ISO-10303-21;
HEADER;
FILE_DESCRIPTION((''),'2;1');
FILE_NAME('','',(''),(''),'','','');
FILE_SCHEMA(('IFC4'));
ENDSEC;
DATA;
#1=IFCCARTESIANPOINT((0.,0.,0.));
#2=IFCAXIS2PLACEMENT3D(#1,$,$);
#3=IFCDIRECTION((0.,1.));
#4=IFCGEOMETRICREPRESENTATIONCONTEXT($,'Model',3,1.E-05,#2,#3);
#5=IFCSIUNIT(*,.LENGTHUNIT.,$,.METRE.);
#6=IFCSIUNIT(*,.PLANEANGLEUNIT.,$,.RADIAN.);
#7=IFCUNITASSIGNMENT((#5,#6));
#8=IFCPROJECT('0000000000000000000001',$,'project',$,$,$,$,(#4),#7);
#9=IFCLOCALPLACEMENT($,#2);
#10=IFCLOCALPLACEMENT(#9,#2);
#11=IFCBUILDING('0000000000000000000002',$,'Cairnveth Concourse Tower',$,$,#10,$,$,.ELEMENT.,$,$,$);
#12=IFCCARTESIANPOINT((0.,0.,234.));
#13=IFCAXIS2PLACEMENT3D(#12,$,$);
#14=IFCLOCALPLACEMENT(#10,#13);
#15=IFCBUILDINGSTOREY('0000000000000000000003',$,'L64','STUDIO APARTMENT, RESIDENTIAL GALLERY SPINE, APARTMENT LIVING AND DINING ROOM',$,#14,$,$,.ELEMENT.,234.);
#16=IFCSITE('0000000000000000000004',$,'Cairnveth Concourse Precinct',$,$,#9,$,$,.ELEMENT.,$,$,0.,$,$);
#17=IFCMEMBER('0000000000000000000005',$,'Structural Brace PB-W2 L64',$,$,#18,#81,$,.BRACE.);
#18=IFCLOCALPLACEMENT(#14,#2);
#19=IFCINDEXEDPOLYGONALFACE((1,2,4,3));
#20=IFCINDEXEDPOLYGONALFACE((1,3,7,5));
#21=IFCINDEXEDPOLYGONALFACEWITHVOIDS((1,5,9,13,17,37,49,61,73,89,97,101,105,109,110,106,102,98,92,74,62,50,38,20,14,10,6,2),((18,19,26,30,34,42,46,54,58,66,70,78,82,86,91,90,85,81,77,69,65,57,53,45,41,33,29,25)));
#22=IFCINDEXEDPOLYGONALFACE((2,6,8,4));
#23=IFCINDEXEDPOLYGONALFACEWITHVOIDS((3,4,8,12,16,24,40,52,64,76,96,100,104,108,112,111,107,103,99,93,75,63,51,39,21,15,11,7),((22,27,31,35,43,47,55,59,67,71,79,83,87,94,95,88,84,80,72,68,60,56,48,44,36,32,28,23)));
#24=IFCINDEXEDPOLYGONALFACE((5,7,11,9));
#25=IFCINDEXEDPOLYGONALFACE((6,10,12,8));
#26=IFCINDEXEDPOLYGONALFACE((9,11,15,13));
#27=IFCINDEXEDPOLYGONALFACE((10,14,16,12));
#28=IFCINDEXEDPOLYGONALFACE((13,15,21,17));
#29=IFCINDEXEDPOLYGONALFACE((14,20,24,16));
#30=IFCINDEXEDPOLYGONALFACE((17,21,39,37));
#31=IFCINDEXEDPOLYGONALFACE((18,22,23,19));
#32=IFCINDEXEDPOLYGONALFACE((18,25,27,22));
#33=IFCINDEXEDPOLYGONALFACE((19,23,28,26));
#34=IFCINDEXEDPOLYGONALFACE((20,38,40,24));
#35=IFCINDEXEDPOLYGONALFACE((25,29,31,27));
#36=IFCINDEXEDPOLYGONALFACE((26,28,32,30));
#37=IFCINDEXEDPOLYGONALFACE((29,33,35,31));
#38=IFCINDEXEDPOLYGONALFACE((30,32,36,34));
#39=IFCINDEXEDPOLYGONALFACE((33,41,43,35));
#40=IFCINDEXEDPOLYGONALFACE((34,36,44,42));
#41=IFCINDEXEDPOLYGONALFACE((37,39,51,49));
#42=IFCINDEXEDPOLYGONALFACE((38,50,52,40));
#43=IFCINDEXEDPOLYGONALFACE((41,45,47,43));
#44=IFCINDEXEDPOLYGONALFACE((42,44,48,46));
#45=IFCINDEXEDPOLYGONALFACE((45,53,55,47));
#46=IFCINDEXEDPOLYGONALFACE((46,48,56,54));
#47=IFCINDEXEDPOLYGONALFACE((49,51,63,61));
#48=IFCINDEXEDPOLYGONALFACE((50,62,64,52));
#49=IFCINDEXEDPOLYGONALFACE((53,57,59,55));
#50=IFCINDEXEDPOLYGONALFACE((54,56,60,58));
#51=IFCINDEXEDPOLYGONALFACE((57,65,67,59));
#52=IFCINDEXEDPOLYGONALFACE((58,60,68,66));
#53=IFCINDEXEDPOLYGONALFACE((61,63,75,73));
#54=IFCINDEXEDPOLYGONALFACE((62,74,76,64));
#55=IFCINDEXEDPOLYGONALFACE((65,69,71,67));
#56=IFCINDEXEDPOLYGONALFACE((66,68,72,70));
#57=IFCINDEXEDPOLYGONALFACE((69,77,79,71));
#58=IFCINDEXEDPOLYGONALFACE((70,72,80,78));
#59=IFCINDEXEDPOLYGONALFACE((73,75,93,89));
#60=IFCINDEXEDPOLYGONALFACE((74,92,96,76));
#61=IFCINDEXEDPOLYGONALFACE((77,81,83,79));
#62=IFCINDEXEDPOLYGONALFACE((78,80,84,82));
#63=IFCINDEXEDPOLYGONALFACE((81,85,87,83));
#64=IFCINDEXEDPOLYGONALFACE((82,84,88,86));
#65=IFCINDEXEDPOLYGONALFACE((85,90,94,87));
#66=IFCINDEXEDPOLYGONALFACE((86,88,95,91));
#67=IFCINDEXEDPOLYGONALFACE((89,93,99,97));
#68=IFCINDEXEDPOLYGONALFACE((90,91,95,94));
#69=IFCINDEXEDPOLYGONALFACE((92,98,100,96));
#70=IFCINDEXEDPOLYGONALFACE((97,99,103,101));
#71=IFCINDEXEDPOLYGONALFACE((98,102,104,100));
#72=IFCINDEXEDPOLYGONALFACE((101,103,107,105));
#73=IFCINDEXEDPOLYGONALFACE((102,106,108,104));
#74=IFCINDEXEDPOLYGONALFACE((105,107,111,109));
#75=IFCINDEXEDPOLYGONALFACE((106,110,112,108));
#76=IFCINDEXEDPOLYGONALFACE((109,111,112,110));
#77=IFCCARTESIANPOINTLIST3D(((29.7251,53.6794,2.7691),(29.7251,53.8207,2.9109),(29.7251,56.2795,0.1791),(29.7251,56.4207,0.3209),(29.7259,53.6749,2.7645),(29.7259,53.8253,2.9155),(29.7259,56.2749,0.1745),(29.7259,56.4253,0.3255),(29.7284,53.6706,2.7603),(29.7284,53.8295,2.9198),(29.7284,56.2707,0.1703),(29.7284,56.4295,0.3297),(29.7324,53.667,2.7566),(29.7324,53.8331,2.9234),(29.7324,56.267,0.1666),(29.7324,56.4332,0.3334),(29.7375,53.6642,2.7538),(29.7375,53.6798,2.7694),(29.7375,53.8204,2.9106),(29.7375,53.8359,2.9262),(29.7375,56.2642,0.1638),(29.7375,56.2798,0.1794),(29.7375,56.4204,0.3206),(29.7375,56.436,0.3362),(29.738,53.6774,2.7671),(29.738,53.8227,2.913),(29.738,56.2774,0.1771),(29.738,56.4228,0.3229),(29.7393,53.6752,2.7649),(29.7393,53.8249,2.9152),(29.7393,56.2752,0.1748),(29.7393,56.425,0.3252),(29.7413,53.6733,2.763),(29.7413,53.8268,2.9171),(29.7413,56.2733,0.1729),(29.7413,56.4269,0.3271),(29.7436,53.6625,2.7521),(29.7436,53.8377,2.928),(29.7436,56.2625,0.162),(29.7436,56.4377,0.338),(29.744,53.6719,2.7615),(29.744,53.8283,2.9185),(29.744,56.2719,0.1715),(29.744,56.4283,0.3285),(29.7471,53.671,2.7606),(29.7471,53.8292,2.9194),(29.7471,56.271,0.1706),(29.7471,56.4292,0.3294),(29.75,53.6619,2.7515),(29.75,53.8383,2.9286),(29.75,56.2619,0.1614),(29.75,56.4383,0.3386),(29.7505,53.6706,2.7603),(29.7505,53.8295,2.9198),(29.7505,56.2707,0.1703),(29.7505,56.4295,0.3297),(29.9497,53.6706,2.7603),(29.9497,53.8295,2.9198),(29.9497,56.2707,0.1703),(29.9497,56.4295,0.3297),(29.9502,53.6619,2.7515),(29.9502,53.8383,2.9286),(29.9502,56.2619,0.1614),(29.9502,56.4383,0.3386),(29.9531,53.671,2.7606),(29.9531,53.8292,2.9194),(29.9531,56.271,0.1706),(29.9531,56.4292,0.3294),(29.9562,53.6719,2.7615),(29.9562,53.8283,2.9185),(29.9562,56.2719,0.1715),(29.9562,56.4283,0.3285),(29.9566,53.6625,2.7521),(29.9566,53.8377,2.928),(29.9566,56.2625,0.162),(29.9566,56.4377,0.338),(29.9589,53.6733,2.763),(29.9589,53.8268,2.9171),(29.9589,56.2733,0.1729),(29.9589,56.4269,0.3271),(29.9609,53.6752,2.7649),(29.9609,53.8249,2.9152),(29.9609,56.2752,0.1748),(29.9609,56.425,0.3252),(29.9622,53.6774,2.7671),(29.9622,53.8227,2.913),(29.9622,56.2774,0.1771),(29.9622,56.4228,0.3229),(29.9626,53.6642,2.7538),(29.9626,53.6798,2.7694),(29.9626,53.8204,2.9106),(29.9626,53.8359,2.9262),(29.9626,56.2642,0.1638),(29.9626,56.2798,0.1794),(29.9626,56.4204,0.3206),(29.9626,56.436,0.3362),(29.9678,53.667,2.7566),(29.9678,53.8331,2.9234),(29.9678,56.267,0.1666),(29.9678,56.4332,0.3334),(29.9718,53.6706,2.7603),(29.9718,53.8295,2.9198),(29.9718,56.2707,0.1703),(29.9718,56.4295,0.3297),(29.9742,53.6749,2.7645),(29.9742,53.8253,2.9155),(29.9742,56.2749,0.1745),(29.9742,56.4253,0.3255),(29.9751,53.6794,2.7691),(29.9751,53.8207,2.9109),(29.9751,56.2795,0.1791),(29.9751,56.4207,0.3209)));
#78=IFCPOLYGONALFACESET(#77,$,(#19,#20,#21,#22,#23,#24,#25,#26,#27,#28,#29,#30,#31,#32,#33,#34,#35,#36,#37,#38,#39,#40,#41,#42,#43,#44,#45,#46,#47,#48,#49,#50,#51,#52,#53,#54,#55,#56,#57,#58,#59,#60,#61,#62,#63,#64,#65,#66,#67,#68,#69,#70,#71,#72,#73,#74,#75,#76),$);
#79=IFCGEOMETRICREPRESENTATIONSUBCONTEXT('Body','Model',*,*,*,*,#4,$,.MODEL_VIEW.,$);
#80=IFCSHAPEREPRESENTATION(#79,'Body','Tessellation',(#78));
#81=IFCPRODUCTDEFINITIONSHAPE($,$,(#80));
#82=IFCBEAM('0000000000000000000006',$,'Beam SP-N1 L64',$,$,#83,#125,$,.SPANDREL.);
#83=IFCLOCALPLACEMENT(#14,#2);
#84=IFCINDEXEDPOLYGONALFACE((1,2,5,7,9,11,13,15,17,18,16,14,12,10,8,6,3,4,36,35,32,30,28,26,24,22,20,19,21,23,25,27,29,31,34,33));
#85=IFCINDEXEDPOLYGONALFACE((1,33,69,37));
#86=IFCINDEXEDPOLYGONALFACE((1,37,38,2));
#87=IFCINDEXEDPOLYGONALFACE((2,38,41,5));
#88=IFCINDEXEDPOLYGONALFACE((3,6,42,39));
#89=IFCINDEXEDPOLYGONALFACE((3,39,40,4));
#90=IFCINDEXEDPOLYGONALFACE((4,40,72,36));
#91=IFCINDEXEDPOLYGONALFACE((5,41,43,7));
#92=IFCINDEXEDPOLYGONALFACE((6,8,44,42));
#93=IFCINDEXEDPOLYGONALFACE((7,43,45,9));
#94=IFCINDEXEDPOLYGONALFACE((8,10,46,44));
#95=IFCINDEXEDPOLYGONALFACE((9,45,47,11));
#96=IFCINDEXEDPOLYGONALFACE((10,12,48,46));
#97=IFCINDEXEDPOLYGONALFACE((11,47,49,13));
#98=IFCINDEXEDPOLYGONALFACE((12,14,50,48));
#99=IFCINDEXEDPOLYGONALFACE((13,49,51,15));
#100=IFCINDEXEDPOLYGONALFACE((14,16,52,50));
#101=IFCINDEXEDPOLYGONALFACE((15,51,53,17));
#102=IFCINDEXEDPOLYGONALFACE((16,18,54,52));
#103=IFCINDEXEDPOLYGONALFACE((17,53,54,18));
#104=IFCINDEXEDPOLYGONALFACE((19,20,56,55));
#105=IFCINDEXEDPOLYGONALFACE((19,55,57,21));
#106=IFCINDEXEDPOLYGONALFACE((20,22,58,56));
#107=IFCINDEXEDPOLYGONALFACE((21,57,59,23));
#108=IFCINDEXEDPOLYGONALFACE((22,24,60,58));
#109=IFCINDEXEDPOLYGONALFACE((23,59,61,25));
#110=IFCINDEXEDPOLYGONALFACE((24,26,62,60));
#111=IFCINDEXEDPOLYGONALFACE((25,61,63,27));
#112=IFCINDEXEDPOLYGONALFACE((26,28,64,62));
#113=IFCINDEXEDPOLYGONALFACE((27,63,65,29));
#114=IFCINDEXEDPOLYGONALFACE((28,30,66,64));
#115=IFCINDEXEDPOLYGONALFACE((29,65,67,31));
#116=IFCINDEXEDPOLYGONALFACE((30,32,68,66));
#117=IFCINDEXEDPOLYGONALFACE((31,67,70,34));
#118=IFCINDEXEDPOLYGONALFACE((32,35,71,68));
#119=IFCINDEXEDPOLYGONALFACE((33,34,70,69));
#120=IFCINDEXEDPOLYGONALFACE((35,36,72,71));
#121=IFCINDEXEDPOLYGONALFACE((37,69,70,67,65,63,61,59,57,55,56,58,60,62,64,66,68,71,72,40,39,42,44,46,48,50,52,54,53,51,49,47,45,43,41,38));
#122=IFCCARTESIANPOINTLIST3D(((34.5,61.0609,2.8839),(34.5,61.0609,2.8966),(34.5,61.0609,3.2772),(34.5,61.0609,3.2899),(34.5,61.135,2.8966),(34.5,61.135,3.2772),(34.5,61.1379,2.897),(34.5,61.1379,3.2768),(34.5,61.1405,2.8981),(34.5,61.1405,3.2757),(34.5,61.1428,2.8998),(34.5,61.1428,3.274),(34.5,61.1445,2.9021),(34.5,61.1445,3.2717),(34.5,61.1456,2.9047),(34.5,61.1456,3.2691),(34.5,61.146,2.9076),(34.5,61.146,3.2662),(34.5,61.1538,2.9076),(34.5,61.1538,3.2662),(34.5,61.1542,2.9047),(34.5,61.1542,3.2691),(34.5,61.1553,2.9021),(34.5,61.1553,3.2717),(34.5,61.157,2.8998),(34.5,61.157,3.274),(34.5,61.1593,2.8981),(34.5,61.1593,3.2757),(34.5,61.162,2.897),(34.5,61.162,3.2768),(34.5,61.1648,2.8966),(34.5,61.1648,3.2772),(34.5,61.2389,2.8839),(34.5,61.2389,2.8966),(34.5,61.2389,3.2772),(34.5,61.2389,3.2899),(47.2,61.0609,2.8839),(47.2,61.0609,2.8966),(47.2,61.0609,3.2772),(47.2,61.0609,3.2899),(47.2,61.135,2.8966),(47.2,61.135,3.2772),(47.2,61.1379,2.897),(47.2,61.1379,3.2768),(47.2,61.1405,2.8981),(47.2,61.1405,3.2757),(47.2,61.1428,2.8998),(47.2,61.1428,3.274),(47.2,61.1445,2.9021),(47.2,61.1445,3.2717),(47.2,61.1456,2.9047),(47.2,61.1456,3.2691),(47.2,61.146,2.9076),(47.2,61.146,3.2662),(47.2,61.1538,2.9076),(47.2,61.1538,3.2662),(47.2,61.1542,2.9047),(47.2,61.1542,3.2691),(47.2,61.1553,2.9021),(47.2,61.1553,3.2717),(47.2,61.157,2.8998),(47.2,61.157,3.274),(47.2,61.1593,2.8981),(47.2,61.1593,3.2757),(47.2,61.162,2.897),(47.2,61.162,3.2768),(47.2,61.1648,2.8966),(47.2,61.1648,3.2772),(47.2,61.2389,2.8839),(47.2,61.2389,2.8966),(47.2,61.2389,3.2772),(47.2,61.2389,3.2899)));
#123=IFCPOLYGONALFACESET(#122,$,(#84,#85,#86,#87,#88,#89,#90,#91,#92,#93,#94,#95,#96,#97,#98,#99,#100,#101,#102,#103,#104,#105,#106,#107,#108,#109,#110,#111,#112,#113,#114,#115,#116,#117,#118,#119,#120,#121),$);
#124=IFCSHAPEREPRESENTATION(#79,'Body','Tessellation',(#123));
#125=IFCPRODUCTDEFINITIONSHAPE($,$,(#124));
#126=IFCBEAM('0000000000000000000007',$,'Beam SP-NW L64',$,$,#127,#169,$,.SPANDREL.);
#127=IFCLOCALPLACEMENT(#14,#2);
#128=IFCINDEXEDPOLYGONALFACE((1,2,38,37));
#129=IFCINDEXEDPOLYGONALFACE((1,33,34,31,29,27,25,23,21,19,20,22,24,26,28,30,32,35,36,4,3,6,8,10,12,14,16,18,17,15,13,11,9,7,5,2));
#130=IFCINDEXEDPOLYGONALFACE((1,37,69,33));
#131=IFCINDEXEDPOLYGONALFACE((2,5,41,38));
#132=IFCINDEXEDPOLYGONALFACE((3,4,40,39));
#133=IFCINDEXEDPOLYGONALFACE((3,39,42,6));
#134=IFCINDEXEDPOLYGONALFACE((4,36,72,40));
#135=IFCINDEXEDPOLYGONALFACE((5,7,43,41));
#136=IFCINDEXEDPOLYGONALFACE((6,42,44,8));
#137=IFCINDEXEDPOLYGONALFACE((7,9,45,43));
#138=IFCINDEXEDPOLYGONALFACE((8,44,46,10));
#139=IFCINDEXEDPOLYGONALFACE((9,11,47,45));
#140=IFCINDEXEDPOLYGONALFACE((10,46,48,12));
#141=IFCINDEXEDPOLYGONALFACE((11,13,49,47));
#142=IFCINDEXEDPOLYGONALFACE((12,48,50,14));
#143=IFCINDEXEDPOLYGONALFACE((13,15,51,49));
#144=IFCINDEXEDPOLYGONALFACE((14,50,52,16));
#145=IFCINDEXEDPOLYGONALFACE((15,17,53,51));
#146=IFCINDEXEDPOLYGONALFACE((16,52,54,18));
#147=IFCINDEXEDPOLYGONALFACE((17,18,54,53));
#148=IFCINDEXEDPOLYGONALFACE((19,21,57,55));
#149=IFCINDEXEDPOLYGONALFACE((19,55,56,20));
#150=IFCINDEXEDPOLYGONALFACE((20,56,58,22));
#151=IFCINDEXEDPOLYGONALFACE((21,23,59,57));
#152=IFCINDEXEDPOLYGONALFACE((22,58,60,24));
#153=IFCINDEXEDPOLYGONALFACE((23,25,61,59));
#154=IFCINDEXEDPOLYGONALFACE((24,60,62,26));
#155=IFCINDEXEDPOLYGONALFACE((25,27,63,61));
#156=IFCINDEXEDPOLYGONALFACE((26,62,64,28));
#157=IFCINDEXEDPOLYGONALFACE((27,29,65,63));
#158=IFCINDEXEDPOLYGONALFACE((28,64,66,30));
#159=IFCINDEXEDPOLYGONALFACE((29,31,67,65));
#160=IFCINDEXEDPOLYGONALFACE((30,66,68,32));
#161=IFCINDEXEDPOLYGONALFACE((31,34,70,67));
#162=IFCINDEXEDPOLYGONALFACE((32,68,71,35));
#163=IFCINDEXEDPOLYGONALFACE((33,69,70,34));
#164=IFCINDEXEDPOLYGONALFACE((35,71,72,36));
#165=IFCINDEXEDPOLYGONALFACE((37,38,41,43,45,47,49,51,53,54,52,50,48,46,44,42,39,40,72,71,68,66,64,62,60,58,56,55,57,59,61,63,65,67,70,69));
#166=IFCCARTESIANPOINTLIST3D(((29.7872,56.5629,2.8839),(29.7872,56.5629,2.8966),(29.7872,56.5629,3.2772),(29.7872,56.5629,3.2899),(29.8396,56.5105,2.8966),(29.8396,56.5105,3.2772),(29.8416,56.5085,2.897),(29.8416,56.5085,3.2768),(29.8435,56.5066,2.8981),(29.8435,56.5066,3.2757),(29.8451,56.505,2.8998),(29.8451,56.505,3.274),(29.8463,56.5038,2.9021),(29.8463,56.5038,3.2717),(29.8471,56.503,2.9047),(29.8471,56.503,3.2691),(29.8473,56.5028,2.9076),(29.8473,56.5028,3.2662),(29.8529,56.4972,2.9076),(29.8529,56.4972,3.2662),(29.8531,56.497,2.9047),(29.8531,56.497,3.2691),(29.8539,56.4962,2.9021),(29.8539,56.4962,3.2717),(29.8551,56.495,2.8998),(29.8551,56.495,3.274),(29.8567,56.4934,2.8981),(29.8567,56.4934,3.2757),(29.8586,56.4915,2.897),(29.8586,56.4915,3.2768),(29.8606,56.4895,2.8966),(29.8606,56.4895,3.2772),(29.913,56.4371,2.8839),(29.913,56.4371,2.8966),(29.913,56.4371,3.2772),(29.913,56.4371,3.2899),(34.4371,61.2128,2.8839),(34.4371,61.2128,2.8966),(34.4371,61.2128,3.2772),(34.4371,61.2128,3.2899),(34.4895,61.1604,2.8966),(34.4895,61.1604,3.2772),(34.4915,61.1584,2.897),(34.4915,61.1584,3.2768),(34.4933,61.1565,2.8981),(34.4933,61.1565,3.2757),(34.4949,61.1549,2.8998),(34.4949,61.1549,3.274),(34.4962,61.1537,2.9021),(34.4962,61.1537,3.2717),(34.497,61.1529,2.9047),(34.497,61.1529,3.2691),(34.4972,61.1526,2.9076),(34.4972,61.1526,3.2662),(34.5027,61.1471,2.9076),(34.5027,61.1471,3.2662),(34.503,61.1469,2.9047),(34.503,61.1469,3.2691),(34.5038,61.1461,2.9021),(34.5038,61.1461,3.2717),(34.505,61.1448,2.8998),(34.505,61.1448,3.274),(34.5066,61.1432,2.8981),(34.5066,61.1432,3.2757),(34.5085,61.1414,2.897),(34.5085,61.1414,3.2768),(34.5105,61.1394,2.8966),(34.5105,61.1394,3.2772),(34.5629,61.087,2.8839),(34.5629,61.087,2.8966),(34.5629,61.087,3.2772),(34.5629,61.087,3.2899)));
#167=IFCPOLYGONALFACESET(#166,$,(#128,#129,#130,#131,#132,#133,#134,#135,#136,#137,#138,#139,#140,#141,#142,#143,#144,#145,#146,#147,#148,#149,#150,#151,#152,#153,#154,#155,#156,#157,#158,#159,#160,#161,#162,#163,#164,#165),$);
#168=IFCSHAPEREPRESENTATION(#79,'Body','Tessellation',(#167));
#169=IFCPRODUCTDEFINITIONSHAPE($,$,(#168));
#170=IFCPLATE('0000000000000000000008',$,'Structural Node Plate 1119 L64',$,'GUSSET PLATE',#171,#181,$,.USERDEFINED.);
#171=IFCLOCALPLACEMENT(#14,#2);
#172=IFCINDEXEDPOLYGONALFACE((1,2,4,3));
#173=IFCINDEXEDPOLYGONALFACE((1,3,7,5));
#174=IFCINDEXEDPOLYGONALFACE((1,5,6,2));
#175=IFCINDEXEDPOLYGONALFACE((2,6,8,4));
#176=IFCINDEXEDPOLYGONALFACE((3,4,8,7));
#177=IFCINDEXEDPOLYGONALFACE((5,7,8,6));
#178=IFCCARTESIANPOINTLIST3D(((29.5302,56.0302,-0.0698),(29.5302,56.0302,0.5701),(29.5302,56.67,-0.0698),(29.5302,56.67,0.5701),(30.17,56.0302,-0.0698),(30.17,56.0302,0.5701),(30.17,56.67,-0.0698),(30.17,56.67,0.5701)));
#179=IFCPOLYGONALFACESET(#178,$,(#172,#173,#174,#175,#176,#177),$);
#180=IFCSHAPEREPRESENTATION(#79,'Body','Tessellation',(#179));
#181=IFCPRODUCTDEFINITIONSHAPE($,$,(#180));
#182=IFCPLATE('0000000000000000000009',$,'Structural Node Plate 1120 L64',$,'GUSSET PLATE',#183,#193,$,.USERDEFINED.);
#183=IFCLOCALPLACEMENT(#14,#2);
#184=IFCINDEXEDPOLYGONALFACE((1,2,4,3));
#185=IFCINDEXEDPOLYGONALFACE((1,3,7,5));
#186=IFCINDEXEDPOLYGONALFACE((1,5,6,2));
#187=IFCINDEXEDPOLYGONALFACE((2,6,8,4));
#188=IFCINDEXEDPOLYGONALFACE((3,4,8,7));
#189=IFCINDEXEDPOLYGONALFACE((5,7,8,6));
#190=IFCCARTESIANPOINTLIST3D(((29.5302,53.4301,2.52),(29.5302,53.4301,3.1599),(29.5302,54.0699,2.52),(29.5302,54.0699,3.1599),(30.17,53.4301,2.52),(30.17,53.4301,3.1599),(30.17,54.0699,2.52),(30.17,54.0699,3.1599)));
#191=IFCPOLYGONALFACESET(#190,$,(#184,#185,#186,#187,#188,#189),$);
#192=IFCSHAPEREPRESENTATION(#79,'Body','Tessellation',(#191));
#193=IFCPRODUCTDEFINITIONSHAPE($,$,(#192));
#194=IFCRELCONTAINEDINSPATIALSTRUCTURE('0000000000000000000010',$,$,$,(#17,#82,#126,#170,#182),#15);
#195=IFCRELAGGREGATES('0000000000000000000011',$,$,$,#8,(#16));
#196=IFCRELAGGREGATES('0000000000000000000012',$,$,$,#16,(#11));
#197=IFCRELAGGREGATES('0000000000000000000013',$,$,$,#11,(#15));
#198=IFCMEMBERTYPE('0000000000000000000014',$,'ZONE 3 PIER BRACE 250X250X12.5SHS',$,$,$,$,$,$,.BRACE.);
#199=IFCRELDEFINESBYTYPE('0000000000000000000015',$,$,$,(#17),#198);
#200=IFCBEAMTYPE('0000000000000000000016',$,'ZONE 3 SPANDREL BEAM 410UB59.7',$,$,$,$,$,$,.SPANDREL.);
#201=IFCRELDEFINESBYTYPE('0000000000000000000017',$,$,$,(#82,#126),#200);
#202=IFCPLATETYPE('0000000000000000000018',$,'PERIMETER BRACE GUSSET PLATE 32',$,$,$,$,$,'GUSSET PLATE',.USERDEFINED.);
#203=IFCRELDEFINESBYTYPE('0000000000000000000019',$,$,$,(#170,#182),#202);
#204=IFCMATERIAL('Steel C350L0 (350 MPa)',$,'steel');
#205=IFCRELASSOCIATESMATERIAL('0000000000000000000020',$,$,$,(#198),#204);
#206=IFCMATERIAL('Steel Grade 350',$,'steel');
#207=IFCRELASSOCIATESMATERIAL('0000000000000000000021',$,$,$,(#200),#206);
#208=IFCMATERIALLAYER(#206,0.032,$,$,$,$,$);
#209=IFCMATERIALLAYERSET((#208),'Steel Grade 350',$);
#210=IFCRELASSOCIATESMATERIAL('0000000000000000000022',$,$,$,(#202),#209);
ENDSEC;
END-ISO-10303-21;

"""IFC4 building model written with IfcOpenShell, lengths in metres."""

from ifc_helpers import new_model, si_unit, direction, frame, origin, origin_2d, place, context, subcontext, project, spatial, rectangle, hollow_rectangle, i_section, extrude, material, layer, layer_set, material_profile, profile_set, type_object, element, save


model = new_model("IFC4")

# Units and contexts
model_context = context("Model", 3, precision=1e-05, world=origin(), true_north=direction((0.0, 1.0)))
body_context = subcontext(model_context, "Body", "Model", "MODEL_VIEW")
ifc_project = project(units=[si_unit("LENGTHUNIT", "METRE"), si_unit("PLANEANGLEUNIT", "RADIAN")], contexts=[model_context])

# Site, building, storey
site_placement = place(None, origin())
site = spatial("IfcSite", under=ifc_project, at=site_placement, Name="Cairnveth Concourse Precinct", CompositionType="ELEMENT", RefElevation=0.0)
building_placement = place(site_placement, origin())
building = spatial("IfcBuilding", under=site, at=building_placement, Name="Cairnveth Concourse Tower", CompositionType="ELEMENT")
storey_placement = place(building_placement, frame((0.0, 0.0, 234.0)))
storey = spatial("IfcBuildingStorey", under=building, at=storey_placement, Name="L64", Description="STUDIO APARTMENT, RESIDENTIAL GALLERY SPINE, APARTMENT LIVING AND DINING ROOM", CompositionType="ELEMENT", Elevation=234.0)

# Shared definitions
ifc_material_1 = material(Name="Steel Grade 350", Category="steel")

# Member
ifc_material_2 = material(Name="Steel C350L0 (350 MPa)", Category="steel")
ifc_material_profile_1 = material_profile(ifc_material_2, hollow_rectangle(XDim=0.25, YDim=0.25, WallThickness=0.0125, InnerFilletRadius=0.0129, OuterFilletRadius=0.0249, at=origin_2d()), Name="250x250x12.5SHS")
ifc_profile_set_1 = profile_set([ifc_material_profile_1], Name="Steel C350L0 (350 MPa)")
member_type = type_object("IfcMemberType", Name="ZONE 3 PIER BRACE 250X250X12.5SHS", PredefinedType="BRACE", material=ifc_profile_set_1)
member_placement = place(storey_placement, frame((29.8501, 56.3501, 0.25), z_axis=(0.0, -0.708469, 0.705742), x_axis=(1.0, 0.0, 0.0)))
element("IfcMember", 1, at=member_placement, inside=storey, type_object=member_type, Name="Structural Brace PB-W2 L64", PredefinedType="BRACE", context=body_context, shape_type="SweptSolid", body=[
    extrude(hollow_rectangle(XDim=0.25, YDim=0.25, WallThickness=0.0125, InnerFilletRadius=0.0129, OuterFilletRadius=0.0249, at=origin_2d()), origin(), (0.0, 0.0, 1.0), 3.6699),
])

# Beams
ifc_material_profile_2 = material_profile(ifc_material_1, i_section(OverallWidth=0.178, OverallDepth=0.406, WebThickness=0.0078, FlangeThickness=0.0127, FilletRadius=0.011, at=origin_2d()), Name="410UB59.7")
ifc_profile_set_2 = profile_set([ifc_material_profile_2], Name="Steel Grade 350")
beam_type_1 = type_object("IfcBeamType", Name="ZONE 3 SPANDREL BEAM 410UB59.7", PredefinedType="SPANDREL", material=ifc_profile_set_2)
beam_1_placement = place(storey_placement, frame((34.5, 61.1499, 3.0869), z_axis=(1.0, 0.0, 0.0), x_axis=(0.0, 1.0, 0.0)))
element("IfcBeam", 2, at=beam_1_placement, inside=storey, type_object=beam_type_1, Name="Beam SP-N1 L64", PredefinedType="SPANDREL", context=body_context, shape_type="SweptSolid", body=[
    extrude(i_section(OverallWidth=0.178, OverallDepth=0.406, WebThickness=0.0078, FlangeThickness=0.0127, FilletRadius=0.011, at=origin_2d()), origin(), (0.0, 0.0, 1.0), 12.7),
])
beam_2_placement = place(storey_placement, frame((29.8501, 56.5, 3.0869), z_axis=(0.707107, 0.707107, 0.0), x_axis=(-0.707107, 0.707107, 0.0)))
element("IfcBeam", 3, at=beam_2_placement, inside=storey, type_object=beam_type_1, Name="Beam SP-NW L64", PredefinedType="SPANDREL", context=body_context, shape_type="SweptSolid", body=[
    extrude(i_section(OverallWidth=0.178, OverallDepth=0.406, WebThickness=0.0078, FlangeThickness=0.0127, FilletRadius=0.011, at=origin_2d()), origin(), (0.0, 0.0, 1.0), 6.5759),
])

# Plates
ifc_layer_1 = layer(ifc_material_1, 0.032)
ifc_layer_set_1 = layer_set([ifc_layer_1], Name="Steel Grade 350")
plate_type = type_object("IfcPlateType", Name="PERIMETER BRACE GUSSET PLATE 32", ElementType="GUSSET PLATE", PredefinedType="USERDEFINED", material=ifc_layer_set_1)
for number, where, z_axis, x_axis, name in (
    (4, (29.8501, 56.3501, -0.0698), (0.0, 0.0, 1.0), (1.0, 0.0, 0.0), "Structural Node Plate 1119 L64"),
    (5, (29.8501, 53.75, 2.52), (0.0, 0.0, 1.0), (1.0, 0.0, 0.0), "Structural Node Plate 1120 L64"),
):
    element("IfcPlate", number, at=place(storey_placement, frame(where, z_axis=z_axis, x_axis=x_axis)), inside=storey, type_object=plate_type, Name=name, ObjectType="GUSSET PLATE", PredefinedType="USERDEFINED", context=body_context, shape_type="SweptSolid", body=[
        extrude(rectangle(XDim=0.6399, YDim=0.6399, at=origin_2d()), origin(), (0.0, 0.0, 1.0), 0.6399),
    ])

save(model, "model.ifc")
